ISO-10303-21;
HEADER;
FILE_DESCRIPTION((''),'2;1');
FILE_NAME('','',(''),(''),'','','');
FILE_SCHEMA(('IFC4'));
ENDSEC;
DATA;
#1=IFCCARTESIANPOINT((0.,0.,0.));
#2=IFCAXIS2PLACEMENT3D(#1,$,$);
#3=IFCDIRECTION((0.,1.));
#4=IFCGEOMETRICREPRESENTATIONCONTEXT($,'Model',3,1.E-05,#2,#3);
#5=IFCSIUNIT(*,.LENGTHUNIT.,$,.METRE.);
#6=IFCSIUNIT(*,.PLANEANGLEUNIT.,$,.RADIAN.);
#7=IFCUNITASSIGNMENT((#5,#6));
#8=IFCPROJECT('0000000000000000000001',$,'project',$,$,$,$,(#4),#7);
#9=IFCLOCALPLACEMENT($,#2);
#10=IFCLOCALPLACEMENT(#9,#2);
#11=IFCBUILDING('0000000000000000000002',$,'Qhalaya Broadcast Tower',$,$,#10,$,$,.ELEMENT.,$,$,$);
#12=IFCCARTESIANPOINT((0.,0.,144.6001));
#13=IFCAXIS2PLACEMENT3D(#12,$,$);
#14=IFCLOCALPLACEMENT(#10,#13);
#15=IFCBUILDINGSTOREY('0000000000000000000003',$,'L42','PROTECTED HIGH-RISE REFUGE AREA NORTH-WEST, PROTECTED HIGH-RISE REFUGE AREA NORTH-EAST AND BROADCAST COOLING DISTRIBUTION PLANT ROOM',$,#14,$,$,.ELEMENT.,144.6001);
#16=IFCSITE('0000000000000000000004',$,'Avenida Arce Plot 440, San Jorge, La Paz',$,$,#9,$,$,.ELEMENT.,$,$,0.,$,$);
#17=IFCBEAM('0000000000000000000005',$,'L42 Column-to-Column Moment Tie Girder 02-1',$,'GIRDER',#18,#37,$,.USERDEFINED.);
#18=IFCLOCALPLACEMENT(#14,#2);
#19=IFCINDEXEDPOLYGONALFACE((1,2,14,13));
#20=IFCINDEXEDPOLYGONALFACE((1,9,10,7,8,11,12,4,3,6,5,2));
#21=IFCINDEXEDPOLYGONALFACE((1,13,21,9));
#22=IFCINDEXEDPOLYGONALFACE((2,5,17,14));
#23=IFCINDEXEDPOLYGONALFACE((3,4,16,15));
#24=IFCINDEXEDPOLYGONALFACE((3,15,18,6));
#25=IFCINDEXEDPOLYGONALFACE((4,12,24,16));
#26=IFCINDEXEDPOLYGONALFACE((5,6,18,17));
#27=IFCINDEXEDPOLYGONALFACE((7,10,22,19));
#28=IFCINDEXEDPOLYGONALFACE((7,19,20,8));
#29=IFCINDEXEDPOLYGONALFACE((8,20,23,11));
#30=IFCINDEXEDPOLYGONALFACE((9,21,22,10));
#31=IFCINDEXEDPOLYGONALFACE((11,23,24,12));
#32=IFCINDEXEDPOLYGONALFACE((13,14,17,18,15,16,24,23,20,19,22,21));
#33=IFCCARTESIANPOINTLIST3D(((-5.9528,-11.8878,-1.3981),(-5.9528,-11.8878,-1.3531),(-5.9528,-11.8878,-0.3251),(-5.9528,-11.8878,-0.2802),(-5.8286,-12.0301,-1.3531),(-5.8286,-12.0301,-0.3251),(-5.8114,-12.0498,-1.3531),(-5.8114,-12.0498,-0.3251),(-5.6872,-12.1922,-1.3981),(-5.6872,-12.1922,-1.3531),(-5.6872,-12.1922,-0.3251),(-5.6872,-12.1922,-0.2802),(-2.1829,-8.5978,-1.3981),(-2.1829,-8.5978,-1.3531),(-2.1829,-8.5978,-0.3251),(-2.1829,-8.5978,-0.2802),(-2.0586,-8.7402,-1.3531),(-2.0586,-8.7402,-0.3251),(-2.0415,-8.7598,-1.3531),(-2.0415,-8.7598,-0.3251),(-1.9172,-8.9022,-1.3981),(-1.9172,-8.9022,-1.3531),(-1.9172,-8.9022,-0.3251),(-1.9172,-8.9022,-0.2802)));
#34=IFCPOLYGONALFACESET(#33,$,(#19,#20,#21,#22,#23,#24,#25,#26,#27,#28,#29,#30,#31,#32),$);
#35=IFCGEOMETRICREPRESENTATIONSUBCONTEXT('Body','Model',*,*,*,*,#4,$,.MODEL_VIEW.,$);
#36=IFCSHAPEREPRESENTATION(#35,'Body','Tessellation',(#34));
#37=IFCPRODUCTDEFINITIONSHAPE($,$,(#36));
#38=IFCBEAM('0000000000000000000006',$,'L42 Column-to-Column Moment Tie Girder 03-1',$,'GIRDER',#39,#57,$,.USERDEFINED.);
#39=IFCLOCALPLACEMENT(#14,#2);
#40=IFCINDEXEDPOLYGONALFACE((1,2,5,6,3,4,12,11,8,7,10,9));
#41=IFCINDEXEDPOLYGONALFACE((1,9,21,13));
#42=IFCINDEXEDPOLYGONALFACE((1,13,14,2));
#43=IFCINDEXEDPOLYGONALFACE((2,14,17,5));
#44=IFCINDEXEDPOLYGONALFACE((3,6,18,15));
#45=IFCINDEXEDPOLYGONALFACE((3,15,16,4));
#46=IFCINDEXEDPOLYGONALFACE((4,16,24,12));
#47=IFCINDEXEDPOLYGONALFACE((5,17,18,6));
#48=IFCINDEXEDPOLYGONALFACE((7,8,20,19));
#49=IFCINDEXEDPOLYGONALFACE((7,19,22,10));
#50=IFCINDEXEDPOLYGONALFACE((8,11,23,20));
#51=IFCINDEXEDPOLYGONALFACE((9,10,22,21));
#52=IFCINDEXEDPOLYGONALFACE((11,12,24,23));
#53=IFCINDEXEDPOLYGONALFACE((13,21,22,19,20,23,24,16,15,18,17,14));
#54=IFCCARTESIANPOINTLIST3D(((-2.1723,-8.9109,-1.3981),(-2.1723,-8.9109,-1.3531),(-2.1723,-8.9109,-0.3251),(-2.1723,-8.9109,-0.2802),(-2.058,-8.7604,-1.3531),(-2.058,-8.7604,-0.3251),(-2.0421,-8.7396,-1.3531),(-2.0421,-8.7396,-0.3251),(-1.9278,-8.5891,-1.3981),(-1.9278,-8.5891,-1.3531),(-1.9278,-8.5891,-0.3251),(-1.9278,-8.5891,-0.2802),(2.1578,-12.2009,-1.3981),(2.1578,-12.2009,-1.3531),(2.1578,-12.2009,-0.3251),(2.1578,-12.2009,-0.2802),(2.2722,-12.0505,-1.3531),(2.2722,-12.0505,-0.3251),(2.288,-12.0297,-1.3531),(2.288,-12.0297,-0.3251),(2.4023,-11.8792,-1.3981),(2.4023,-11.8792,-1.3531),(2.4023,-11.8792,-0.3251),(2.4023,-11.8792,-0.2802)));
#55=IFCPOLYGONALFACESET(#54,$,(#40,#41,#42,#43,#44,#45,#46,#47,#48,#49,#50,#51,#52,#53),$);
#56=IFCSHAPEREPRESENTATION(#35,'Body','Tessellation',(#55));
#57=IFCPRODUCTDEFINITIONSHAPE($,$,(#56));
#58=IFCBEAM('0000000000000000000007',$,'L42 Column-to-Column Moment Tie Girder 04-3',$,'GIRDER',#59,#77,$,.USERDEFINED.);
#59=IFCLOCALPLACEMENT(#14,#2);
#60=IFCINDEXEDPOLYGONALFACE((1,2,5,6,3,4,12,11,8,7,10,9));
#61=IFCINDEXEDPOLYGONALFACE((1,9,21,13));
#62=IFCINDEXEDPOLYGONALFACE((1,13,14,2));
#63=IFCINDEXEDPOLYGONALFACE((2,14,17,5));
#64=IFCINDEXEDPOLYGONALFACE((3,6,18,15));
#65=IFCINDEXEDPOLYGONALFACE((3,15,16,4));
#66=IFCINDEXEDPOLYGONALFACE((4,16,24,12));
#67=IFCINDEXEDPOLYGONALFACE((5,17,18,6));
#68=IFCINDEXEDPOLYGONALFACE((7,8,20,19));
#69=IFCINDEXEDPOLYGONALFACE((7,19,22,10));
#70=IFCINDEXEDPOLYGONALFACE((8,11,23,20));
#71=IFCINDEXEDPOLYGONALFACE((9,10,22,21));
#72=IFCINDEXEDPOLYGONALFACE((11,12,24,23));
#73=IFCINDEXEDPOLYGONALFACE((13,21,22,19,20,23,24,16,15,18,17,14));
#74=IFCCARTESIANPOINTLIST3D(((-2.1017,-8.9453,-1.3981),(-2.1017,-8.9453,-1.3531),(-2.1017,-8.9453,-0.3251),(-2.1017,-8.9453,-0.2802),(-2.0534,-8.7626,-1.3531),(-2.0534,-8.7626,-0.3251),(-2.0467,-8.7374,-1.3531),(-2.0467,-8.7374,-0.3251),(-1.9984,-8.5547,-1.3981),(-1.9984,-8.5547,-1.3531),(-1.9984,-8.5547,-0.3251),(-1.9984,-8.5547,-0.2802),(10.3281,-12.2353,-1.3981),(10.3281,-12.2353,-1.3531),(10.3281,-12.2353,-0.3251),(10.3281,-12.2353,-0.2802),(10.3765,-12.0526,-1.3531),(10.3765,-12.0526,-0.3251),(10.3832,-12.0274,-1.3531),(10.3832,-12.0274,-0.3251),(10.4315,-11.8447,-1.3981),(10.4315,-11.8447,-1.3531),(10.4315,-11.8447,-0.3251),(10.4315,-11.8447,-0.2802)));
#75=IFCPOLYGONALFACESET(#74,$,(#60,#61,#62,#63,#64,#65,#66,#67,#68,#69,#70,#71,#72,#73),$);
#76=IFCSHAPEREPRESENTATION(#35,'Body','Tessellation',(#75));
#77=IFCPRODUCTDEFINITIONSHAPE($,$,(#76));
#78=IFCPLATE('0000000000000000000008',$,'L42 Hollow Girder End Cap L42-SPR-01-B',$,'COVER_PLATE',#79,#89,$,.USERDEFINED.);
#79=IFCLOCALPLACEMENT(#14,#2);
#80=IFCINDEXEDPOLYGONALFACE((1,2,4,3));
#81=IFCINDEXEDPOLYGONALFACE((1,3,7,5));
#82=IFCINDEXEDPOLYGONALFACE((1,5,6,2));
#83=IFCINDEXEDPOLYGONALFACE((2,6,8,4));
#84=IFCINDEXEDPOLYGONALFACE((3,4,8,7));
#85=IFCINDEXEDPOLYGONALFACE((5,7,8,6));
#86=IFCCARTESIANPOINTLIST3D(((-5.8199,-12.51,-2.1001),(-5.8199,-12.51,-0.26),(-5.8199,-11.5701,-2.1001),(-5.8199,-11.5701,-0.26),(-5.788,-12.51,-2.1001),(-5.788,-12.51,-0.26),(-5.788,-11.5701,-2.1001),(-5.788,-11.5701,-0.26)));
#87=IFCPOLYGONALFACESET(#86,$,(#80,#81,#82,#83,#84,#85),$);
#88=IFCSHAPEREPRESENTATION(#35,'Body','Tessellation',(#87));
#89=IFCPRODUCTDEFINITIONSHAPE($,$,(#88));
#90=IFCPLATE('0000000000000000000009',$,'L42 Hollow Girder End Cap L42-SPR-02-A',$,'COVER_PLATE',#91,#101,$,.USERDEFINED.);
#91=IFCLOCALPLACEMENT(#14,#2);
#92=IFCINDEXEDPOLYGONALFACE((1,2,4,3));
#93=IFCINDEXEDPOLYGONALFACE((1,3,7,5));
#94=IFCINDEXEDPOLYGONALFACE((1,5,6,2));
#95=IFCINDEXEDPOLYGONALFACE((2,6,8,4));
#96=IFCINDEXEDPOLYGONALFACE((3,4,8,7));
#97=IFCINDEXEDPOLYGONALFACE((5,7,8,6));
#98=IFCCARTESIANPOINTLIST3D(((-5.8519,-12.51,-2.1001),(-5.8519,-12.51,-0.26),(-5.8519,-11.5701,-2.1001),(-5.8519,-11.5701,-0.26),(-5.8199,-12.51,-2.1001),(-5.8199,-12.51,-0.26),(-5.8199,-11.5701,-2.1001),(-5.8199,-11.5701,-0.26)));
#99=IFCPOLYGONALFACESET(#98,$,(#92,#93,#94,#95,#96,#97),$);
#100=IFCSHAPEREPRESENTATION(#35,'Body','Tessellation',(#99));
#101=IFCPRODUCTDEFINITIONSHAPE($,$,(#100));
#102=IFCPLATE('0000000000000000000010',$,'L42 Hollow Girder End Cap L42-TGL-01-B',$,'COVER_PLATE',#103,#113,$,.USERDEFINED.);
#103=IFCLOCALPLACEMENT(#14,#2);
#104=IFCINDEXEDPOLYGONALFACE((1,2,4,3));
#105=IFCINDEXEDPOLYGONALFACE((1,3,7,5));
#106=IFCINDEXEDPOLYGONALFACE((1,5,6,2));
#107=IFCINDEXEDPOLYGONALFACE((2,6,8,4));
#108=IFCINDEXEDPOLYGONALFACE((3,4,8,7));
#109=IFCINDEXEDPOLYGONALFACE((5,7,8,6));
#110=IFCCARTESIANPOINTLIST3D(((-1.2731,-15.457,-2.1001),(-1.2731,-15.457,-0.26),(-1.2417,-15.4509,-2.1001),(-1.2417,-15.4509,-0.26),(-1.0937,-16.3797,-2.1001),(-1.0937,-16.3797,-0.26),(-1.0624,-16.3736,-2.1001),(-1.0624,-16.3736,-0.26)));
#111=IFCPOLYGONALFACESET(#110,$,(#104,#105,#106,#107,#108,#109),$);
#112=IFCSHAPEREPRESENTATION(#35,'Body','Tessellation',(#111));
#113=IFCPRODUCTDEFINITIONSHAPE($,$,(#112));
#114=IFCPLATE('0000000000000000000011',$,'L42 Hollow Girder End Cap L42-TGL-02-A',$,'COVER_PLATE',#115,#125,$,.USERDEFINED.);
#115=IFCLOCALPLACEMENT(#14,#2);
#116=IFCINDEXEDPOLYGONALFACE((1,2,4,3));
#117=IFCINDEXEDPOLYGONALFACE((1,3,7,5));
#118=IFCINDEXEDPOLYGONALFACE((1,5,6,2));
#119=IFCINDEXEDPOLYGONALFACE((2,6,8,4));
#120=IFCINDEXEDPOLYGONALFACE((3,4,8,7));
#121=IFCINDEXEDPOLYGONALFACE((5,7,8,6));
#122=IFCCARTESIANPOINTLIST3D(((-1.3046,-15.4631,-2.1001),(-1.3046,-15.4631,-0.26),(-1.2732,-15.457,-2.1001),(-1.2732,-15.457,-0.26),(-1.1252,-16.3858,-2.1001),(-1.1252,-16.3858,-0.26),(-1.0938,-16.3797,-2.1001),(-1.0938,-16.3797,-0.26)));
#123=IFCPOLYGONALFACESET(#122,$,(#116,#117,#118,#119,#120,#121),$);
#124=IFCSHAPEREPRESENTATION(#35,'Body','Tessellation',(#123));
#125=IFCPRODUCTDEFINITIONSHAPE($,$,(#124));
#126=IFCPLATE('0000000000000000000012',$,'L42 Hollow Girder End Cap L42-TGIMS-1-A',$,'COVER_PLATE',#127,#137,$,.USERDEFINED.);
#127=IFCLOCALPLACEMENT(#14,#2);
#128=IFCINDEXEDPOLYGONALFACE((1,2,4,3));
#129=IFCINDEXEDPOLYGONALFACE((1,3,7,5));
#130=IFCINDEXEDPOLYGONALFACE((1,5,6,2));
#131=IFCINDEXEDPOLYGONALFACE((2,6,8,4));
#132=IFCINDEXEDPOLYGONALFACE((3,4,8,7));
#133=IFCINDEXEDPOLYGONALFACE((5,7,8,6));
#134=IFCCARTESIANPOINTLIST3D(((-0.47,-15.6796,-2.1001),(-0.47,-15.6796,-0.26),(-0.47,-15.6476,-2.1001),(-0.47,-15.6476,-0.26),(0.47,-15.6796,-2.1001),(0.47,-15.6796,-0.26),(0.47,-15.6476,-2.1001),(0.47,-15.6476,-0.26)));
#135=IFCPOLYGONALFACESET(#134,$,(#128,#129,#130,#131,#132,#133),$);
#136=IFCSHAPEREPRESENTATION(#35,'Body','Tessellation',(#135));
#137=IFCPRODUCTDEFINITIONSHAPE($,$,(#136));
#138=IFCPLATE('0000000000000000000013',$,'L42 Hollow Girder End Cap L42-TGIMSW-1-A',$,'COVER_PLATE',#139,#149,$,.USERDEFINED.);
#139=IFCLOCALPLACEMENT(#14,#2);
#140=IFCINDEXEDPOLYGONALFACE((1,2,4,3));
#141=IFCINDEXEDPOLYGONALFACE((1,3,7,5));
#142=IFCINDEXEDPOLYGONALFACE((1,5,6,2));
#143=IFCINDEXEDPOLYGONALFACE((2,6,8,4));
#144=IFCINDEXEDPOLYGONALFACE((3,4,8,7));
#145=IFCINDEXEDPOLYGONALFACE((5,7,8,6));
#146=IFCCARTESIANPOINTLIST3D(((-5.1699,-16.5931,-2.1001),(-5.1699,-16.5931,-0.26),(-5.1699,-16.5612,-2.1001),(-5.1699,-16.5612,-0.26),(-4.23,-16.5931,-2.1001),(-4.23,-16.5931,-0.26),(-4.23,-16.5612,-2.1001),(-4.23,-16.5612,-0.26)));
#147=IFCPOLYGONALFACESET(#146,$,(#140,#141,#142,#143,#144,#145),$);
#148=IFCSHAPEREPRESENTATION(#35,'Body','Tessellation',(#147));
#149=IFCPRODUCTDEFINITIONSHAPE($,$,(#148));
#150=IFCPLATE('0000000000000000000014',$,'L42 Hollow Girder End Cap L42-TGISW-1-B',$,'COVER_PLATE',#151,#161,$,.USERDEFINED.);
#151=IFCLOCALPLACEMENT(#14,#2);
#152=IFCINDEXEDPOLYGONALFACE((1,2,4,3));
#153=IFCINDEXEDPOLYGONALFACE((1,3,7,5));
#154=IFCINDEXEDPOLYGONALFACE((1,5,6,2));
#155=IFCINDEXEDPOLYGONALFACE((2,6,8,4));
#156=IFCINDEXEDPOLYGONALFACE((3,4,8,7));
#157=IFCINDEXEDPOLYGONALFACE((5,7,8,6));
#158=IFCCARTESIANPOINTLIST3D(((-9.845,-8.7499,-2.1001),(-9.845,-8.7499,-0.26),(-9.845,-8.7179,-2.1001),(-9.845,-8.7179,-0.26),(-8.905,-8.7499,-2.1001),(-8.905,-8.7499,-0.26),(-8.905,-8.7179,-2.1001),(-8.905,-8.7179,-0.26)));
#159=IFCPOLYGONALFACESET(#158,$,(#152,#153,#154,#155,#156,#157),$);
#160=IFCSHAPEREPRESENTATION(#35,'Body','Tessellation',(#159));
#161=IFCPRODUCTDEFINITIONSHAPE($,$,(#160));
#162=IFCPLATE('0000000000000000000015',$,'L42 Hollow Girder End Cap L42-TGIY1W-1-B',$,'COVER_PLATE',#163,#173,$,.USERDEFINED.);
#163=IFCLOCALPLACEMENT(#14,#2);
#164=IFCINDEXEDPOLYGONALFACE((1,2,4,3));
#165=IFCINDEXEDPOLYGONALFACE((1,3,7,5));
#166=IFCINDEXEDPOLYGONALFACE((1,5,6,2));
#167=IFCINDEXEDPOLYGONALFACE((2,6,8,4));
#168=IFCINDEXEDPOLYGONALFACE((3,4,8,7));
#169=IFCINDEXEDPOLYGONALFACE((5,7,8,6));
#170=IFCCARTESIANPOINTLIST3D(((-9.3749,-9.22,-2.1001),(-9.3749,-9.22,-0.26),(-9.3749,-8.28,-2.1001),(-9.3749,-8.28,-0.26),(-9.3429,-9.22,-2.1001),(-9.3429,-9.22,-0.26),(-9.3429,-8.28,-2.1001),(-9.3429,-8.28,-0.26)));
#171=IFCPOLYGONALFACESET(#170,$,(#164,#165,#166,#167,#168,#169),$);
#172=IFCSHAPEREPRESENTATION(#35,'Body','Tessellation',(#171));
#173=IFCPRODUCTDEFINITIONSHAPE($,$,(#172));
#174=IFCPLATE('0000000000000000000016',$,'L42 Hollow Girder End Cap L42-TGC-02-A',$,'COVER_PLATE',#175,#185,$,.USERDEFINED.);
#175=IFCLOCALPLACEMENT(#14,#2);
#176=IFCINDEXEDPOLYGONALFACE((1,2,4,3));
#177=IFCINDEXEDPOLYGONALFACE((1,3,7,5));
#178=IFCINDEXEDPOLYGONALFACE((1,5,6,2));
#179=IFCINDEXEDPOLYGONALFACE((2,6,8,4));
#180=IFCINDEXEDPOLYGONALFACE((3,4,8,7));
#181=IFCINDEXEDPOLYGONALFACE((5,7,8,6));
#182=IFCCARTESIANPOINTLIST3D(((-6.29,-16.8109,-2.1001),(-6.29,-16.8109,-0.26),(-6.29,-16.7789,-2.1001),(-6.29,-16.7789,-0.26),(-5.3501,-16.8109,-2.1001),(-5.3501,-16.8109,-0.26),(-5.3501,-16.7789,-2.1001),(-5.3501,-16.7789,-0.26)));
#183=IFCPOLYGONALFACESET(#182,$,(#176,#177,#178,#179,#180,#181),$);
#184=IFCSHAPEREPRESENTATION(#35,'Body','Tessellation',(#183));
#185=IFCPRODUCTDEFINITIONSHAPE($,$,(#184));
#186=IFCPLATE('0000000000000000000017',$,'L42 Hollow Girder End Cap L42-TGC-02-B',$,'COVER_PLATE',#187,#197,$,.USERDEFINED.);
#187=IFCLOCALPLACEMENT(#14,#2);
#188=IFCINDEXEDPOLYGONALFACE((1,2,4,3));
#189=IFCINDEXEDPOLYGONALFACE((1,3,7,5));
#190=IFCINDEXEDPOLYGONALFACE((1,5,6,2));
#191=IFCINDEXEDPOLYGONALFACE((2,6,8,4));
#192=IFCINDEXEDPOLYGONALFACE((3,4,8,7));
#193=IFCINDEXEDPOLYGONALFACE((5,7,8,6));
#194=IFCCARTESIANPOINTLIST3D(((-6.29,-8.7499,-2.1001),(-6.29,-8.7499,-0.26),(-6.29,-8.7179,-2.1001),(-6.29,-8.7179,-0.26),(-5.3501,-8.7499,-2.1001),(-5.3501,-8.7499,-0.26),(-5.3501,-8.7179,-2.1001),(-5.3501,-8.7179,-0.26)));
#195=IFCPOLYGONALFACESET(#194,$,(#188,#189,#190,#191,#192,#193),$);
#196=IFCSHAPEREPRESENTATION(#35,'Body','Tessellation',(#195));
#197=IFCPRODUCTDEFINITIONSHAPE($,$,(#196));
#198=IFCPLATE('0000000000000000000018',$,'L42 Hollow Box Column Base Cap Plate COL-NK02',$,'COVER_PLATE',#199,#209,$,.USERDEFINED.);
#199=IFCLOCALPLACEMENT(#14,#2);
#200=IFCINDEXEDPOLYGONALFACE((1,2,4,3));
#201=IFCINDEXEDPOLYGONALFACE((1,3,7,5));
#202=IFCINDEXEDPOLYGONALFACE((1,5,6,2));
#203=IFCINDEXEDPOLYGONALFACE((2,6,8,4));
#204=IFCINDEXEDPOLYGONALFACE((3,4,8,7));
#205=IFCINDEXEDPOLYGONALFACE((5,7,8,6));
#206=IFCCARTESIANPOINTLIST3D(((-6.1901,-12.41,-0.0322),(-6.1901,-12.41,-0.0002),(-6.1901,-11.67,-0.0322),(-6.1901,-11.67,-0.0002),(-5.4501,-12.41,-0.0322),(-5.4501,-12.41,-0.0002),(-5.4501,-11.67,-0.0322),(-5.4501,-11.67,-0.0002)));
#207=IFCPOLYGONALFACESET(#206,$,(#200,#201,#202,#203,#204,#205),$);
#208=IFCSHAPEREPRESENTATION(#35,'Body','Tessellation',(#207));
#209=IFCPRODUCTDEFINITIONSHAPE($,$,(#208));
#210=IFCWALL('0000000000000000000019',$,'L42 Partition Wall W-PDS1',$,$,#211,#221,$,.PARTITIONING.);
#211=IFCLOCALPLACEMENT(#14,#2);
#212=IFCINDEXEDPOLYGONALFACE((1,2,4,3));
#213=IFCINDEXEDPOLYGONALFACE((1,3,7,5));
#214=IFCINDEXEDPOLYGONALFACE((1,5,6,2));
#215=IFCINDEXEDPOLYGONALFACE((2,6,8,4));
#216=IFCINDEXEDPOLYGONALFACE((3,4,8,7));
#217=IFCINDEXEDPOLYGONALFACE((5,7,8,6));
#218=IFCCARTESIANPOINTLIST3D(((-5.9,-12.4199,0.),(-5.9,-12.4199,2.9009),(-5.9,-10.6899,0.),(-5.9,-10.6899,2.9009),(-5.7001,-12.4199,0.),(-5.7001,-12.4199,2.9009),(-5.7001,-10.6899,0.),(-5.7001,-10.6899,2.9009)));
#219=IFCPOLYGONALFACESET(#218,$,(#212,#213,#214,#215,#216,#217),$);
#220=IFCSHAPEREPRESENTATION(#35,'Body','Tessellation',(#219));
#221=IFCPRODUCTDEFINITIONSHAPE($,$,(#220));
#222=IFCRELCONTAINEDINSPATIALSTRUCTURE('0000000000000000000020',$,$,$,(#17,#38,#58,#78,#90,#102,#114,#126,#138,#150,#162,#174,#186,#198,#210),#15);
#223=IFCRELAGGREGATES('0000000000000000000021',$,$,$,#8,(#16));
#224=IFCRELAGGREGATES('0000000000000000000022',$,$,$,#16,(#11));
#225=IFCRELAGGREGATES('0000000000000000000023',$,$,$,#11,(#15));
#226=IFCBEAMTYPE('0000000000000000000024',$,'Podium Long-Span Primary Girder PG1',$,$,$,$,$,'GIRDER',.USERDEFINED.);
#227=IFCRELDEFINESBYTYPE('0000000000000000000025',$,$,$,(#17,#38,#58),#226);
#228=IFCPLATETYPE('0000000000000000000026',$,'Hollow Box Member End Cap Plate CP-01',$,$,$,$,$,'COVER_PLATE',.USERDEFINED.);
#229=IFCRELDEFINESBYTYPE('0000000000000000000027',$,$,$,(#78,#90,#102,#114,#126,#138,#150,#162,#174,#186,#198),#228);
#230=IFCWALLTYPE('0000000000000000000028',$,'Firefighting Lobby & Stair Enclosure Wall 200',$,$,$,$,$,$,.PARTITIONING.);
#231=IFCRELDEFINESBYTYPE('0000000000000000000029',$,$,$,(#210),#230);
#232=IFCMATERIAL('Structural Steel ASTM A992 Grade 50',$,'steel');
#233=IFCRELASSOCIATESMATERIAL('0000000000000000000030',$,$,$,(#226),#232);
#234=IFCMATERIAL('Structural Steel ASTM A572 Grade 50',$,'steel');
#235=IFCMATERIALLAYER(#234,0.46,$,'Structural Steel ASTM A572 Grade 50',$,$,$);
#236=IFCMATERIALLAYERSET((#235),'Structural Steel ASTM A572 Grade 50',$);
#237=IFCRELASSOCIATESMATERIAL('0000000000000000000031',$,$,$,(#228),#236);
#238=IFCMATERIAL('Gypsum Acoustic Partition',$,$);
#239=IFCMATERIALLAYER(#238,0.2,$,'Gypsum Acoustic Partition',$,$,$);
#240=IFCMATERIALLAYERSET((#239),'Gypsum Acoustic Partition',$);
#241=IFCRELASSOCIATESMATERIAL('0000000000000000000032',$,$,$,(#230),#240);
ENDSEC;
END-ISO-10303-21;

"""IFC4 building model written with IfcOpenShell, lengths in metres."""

from ifc_helpers import new_model, si_unit, direction, frame, frame_2d, origin, origin_2d, place, context, subcontext, project, spatial, rectangle, i_section, extrude, material, layer, layer_set, material_profile, profile_set, type_object, element, save


model = new_model("IFC4")

# Units and contexts
model_context = context("Model", 3, precision=1e-05, world=origin(), true_north=direction((0.0, 1.0)))
body_context = subcontext(model_context, "Body", "Model", "MODEL_VIEW")
ifc_project = project(units=[si_unit("LENGTHUNIT", "METRE"), si_unit("PLANEANGLEUNIT", "RADIAN")], contexts=[model_context])

# Site, building, storey
site_placement = place(None, origin())
site = spatial("IfcSite", under=ifc_project, at=site_placement, Name="Avenida Arce Plot 440, San Jorge, La Paz", CompositionType="ELEMENT", RefElevation=0.0)
building_placement = place(site_placement, origin())
building = spatial("IfcBuilding", under=site, at=building_placement, Name="Qhalaya Broadcast Tower", CompositionType="ELEMENT")
storey_placement = place(building_placement, frame((0.0, 0.0, 144.6001)))
storey = spatial("IfcBuildingStorey", under=building, at=storey_placement, Name="L42", Description="PROTECTED HIGH-RISE REFUGE AREA NORTH-WEST, PROTECTED HIGH-RISE REFUGE AREA NORTH-EAST AND BROADCAST COOLING DISTRIBUTION PLANT ROOM", CompositionType="ELEMENT", Elevation=144.6001)

# Shared definitions
ifc_material_1 = material(Name="Structural Steel ASTM A572 Grade 50", Category="steel")

# Beams
ifc_material_2 = material(Name="Structural Steel ASTM A992 Grade 50", Category="steel")
ifc_material_profile_1 = material_profile(ifc_material_2, i_section(OverallWidth=0.4041, OverallDepth=1.1179, WebThickness=0.0261, FlangeThickness=0.0449, at=origin_2d()), Name="W44X335")
ifc_profile_set_1 = profile_set([ifc_material_profile_1], Name="Structural Steel ASTM A992 Grade 50")
beam_type_1 = type_object("IfcBeamType", Name="Podium Long-Span Primary Girder PG1", ElementType="GIRDER", PredefinedType="USERDEFINED", material=ifc_profile_set_1)
beam_1_placement = place(storey_placement, frame((-2.05, -8.75, -0.8391), z_axis=(-0.75344, -0.657516, 0.0), x_axis=(0.657516, -0.75344, 0.0)))
element("IfcBeam", 1, at=beam_1_placement, inside=storey, type_object=beam_type_1, Name="L42 Column-to-Column Moment Tie Girder 02-1", ObjectType="GIRDER", PredefinedType="USERDEFINED", context=body_context, shape_type="SweptSolid", body=[
    extrude(i_section(OverallWidth=0.4041, OverallDepth=1.1179, WebThickness=0.0261, FlangeThickness=0.0449, at=origin_2d()), origin(), (0.0, 0.0, 1.0), 5.0037),
])
beam_2_placement = place(storey_placement, frame((-2.05, -8.75, -0.8391), z_axis=(0.796235, -0.604988, 0.0), x_axis=(0.604988, 0.796235, 0.0)))
element("IfcBeam", 2, at=beam_2_placement, inside=storey, type_object=beam_type_1, Name="L42 Column-to-Column Moment Tie Girder 03-1", ObjectType="GIRDER", PredefinedType="USERDEFINED", context=body_context, shape_type="SweptSolid", body=[
    extrude(i_section(OverallWidth=0.4041, OverallDepth=1.1179, WebThickness=0.0261, FlangeThickness=0.0449, at=origin_2d()), origin(), (0.0, 0.0, 1.0), 5.4382),
])
beam_3_placement = place(storey_placement, frame((-2.05, -8.75, -0.8391), z_axis=(0.96671, -0.255875, 0.0), x_axis=(0.255875, 0.96671, 0.0)))
element("IfcBeam", 3, at=beam_3_placement, inside=storey, type_object=beam_type_1, Name="L42 Column-to-Column Moment Tie Girder 04-3", ObjectType="GIRDER", PredefinedType="USERDEFINED", context=body_context, shape_type="SweptSolid", body=[
    extrude(i_section(OverallWidth=0.4041, OverallDepth=1.1179, WebThickness=0.0261, FlangeThickness=0.0449, at=origin_2d()), origin(), (0.0, 0.0, 1.0), 12.8579),
])

# Plates
ifc_layer_1 = layer(ifc_material_1, 0.46, Name="Structural Steel ASTM A572 Grade 50")
ifc_layer_set_1 = layer_set([ifc_layer_1], Name="Structural Steel ASTM A572 Grade 50")
plate_type = type_object("IfcPlateType", Name="Hollow Box Member End Cap Plate CP-01", ElementType="COVER_PLATE", PredefinedType="USERDEFINED", material=ifc_layer_set_1)
for number, where, z_axis, x_axis, name in (
    (4, (-5.804, -12.04, -2.1001), (0.0, 0.0, 1.0), (0.0, 1.0, 0.0), "L42 Hollow Girder End Cap L42-SPR-01-B"),
    (5, (-5.8359, -12.04, -2.1001), (0.0, 0.0, 1.0), (0.0, 1.0, 0.0), "L42 Hollow Girder End Cap L42-SPR-02-A"),
    (6, (-1.1677, -15.9153, -2.1001), (0.0, 0.0, 1.0), (-0.190809, 0.981627, 0.0), "L42 Hollow Girder End Cap L42-TGL-01-B"),
    (7, (-1.1992, -15.9214, -2.1001), (0.0, 0.0, 1.0), (-0.190809, 0.981627, 0.0), "L42 Hollow Girder End Cap L42-TGL-02-A"),
    (8, (0.0, -15.6636, -2.1001), (0.0, 0.0, 1.0), (-1.0, 0.0, 0.0), "L42 Hollow Girder End Cap L42-TGIMS-1-A"),
    (9, (-4.7, -16.5771, -2.1001), (0.0, 0.0, 1.0), (-1.0, 0.0, 0.0), "L42 Hollow Girder End Cap L42-TGIMSW-1-A"),
    (10, (-9.375, -8.7339, -2.1001), (0.0, 0.0, 1.0), (-1.0, 0.0, 0.0), "L42 Hollow Girder End Cap L42-TGISW-1-B"),
    (11, (-9.3589, -8.75, -2.1001), (0.0, 0.0, 1.0), (0.0, 1.0, 0.0), "L42 Hollow Girder End Cap L42-TGIY1W-1-B"),
    (12, (-5.8201, -16.7949, -2.1001), (0.0, 0.0, 1.0), (-1.0, 0.0, 0.0), "L42 Hollow Girder End Cap L42-TGC-02-A"),
    (13, (-5.8201, -8.7339, -2.1001), (0.0, 0.0, 1.0), (-1.0, 0.0, 0.0), "L42 Hollow Girder End Cap L42-TGC-02-B"),
):
    element("IfcPlate", number, at=place(storey_placement, frame(where, z_axis=z_axis, x_axis=x_axis)), inside=storey, type_object=plate_type, Name=name, ObjectType="COVER_PLATE", PredefinedType="USERDEFINED", context=body_context, shape_type="SweptSolid", body=[
        extrude(rectangle(XDim=0.9399, YDim=0.032, at=origin_2d()), origin(), (0.0, 0.0, 1.0), 1.8401),
    ])
plate_placement = place(storey_placement, frame((-5.8201, -12.04, -0.0322), z_axis=(0.0, 0.0, 1.0), x_axis=(1.0, 0.0, 0.0)))
element("IfcPlate", 14, at=plate_placement, inside=storey, type_object=plate_type, Name="L42 Hollow Box Column Base Cap Plate COL-NK02", ObjectType="COVER_PLATE", PredefinedType="USERDEFINED", context=body_context, shape_type="SweptSolid", body=[
    extrude(rectangle(XDim=0.74, YDim=0.74, at=origin_2d()), origin(), (0.0, 0.0, 1.0), 0.032),
])

# Wall
ifc_material_3 = material(Name="Gypsum Acoustic Partition")
ifc_layer_2 = layer(ifc_material_3, 0.2, Name="Gypsum Acoustic Partition")
ifc_layer_set_2 = layer_set([ifc_layer_2], Name="Gypsum Acoustic Partition")
wall_type_1 = type_object("IfcWallType", Name="Firefighting Lobby & Stair Enclosure Wall 200", PredefinedType="PARTITIONING", material=ifc_layer_set_2)
wall_1_placement = place(storey_placement, frame((-5.8, -12.4199, 0.0), z_axis=(0.0, 0.0, 1.0), x_axis=(0.0, 1.0, 0.0)))
element("IfcWall", 15, at=wall_1_placement, inside=storey, type_object=wall_type_1, Name="L42 Partition Wall W-PDS1", PredefinedType="PARTITIONING", context=body_context, shape_type="SweptSolid", body=[
    extrude(rectangle(XDim=1.73, YDim=0.2, at=frame_2d((0.865, 0.0))), origin(), (0.0, 0.0, 1.0), 2.9009),
])

save(model, "model.ifc")
